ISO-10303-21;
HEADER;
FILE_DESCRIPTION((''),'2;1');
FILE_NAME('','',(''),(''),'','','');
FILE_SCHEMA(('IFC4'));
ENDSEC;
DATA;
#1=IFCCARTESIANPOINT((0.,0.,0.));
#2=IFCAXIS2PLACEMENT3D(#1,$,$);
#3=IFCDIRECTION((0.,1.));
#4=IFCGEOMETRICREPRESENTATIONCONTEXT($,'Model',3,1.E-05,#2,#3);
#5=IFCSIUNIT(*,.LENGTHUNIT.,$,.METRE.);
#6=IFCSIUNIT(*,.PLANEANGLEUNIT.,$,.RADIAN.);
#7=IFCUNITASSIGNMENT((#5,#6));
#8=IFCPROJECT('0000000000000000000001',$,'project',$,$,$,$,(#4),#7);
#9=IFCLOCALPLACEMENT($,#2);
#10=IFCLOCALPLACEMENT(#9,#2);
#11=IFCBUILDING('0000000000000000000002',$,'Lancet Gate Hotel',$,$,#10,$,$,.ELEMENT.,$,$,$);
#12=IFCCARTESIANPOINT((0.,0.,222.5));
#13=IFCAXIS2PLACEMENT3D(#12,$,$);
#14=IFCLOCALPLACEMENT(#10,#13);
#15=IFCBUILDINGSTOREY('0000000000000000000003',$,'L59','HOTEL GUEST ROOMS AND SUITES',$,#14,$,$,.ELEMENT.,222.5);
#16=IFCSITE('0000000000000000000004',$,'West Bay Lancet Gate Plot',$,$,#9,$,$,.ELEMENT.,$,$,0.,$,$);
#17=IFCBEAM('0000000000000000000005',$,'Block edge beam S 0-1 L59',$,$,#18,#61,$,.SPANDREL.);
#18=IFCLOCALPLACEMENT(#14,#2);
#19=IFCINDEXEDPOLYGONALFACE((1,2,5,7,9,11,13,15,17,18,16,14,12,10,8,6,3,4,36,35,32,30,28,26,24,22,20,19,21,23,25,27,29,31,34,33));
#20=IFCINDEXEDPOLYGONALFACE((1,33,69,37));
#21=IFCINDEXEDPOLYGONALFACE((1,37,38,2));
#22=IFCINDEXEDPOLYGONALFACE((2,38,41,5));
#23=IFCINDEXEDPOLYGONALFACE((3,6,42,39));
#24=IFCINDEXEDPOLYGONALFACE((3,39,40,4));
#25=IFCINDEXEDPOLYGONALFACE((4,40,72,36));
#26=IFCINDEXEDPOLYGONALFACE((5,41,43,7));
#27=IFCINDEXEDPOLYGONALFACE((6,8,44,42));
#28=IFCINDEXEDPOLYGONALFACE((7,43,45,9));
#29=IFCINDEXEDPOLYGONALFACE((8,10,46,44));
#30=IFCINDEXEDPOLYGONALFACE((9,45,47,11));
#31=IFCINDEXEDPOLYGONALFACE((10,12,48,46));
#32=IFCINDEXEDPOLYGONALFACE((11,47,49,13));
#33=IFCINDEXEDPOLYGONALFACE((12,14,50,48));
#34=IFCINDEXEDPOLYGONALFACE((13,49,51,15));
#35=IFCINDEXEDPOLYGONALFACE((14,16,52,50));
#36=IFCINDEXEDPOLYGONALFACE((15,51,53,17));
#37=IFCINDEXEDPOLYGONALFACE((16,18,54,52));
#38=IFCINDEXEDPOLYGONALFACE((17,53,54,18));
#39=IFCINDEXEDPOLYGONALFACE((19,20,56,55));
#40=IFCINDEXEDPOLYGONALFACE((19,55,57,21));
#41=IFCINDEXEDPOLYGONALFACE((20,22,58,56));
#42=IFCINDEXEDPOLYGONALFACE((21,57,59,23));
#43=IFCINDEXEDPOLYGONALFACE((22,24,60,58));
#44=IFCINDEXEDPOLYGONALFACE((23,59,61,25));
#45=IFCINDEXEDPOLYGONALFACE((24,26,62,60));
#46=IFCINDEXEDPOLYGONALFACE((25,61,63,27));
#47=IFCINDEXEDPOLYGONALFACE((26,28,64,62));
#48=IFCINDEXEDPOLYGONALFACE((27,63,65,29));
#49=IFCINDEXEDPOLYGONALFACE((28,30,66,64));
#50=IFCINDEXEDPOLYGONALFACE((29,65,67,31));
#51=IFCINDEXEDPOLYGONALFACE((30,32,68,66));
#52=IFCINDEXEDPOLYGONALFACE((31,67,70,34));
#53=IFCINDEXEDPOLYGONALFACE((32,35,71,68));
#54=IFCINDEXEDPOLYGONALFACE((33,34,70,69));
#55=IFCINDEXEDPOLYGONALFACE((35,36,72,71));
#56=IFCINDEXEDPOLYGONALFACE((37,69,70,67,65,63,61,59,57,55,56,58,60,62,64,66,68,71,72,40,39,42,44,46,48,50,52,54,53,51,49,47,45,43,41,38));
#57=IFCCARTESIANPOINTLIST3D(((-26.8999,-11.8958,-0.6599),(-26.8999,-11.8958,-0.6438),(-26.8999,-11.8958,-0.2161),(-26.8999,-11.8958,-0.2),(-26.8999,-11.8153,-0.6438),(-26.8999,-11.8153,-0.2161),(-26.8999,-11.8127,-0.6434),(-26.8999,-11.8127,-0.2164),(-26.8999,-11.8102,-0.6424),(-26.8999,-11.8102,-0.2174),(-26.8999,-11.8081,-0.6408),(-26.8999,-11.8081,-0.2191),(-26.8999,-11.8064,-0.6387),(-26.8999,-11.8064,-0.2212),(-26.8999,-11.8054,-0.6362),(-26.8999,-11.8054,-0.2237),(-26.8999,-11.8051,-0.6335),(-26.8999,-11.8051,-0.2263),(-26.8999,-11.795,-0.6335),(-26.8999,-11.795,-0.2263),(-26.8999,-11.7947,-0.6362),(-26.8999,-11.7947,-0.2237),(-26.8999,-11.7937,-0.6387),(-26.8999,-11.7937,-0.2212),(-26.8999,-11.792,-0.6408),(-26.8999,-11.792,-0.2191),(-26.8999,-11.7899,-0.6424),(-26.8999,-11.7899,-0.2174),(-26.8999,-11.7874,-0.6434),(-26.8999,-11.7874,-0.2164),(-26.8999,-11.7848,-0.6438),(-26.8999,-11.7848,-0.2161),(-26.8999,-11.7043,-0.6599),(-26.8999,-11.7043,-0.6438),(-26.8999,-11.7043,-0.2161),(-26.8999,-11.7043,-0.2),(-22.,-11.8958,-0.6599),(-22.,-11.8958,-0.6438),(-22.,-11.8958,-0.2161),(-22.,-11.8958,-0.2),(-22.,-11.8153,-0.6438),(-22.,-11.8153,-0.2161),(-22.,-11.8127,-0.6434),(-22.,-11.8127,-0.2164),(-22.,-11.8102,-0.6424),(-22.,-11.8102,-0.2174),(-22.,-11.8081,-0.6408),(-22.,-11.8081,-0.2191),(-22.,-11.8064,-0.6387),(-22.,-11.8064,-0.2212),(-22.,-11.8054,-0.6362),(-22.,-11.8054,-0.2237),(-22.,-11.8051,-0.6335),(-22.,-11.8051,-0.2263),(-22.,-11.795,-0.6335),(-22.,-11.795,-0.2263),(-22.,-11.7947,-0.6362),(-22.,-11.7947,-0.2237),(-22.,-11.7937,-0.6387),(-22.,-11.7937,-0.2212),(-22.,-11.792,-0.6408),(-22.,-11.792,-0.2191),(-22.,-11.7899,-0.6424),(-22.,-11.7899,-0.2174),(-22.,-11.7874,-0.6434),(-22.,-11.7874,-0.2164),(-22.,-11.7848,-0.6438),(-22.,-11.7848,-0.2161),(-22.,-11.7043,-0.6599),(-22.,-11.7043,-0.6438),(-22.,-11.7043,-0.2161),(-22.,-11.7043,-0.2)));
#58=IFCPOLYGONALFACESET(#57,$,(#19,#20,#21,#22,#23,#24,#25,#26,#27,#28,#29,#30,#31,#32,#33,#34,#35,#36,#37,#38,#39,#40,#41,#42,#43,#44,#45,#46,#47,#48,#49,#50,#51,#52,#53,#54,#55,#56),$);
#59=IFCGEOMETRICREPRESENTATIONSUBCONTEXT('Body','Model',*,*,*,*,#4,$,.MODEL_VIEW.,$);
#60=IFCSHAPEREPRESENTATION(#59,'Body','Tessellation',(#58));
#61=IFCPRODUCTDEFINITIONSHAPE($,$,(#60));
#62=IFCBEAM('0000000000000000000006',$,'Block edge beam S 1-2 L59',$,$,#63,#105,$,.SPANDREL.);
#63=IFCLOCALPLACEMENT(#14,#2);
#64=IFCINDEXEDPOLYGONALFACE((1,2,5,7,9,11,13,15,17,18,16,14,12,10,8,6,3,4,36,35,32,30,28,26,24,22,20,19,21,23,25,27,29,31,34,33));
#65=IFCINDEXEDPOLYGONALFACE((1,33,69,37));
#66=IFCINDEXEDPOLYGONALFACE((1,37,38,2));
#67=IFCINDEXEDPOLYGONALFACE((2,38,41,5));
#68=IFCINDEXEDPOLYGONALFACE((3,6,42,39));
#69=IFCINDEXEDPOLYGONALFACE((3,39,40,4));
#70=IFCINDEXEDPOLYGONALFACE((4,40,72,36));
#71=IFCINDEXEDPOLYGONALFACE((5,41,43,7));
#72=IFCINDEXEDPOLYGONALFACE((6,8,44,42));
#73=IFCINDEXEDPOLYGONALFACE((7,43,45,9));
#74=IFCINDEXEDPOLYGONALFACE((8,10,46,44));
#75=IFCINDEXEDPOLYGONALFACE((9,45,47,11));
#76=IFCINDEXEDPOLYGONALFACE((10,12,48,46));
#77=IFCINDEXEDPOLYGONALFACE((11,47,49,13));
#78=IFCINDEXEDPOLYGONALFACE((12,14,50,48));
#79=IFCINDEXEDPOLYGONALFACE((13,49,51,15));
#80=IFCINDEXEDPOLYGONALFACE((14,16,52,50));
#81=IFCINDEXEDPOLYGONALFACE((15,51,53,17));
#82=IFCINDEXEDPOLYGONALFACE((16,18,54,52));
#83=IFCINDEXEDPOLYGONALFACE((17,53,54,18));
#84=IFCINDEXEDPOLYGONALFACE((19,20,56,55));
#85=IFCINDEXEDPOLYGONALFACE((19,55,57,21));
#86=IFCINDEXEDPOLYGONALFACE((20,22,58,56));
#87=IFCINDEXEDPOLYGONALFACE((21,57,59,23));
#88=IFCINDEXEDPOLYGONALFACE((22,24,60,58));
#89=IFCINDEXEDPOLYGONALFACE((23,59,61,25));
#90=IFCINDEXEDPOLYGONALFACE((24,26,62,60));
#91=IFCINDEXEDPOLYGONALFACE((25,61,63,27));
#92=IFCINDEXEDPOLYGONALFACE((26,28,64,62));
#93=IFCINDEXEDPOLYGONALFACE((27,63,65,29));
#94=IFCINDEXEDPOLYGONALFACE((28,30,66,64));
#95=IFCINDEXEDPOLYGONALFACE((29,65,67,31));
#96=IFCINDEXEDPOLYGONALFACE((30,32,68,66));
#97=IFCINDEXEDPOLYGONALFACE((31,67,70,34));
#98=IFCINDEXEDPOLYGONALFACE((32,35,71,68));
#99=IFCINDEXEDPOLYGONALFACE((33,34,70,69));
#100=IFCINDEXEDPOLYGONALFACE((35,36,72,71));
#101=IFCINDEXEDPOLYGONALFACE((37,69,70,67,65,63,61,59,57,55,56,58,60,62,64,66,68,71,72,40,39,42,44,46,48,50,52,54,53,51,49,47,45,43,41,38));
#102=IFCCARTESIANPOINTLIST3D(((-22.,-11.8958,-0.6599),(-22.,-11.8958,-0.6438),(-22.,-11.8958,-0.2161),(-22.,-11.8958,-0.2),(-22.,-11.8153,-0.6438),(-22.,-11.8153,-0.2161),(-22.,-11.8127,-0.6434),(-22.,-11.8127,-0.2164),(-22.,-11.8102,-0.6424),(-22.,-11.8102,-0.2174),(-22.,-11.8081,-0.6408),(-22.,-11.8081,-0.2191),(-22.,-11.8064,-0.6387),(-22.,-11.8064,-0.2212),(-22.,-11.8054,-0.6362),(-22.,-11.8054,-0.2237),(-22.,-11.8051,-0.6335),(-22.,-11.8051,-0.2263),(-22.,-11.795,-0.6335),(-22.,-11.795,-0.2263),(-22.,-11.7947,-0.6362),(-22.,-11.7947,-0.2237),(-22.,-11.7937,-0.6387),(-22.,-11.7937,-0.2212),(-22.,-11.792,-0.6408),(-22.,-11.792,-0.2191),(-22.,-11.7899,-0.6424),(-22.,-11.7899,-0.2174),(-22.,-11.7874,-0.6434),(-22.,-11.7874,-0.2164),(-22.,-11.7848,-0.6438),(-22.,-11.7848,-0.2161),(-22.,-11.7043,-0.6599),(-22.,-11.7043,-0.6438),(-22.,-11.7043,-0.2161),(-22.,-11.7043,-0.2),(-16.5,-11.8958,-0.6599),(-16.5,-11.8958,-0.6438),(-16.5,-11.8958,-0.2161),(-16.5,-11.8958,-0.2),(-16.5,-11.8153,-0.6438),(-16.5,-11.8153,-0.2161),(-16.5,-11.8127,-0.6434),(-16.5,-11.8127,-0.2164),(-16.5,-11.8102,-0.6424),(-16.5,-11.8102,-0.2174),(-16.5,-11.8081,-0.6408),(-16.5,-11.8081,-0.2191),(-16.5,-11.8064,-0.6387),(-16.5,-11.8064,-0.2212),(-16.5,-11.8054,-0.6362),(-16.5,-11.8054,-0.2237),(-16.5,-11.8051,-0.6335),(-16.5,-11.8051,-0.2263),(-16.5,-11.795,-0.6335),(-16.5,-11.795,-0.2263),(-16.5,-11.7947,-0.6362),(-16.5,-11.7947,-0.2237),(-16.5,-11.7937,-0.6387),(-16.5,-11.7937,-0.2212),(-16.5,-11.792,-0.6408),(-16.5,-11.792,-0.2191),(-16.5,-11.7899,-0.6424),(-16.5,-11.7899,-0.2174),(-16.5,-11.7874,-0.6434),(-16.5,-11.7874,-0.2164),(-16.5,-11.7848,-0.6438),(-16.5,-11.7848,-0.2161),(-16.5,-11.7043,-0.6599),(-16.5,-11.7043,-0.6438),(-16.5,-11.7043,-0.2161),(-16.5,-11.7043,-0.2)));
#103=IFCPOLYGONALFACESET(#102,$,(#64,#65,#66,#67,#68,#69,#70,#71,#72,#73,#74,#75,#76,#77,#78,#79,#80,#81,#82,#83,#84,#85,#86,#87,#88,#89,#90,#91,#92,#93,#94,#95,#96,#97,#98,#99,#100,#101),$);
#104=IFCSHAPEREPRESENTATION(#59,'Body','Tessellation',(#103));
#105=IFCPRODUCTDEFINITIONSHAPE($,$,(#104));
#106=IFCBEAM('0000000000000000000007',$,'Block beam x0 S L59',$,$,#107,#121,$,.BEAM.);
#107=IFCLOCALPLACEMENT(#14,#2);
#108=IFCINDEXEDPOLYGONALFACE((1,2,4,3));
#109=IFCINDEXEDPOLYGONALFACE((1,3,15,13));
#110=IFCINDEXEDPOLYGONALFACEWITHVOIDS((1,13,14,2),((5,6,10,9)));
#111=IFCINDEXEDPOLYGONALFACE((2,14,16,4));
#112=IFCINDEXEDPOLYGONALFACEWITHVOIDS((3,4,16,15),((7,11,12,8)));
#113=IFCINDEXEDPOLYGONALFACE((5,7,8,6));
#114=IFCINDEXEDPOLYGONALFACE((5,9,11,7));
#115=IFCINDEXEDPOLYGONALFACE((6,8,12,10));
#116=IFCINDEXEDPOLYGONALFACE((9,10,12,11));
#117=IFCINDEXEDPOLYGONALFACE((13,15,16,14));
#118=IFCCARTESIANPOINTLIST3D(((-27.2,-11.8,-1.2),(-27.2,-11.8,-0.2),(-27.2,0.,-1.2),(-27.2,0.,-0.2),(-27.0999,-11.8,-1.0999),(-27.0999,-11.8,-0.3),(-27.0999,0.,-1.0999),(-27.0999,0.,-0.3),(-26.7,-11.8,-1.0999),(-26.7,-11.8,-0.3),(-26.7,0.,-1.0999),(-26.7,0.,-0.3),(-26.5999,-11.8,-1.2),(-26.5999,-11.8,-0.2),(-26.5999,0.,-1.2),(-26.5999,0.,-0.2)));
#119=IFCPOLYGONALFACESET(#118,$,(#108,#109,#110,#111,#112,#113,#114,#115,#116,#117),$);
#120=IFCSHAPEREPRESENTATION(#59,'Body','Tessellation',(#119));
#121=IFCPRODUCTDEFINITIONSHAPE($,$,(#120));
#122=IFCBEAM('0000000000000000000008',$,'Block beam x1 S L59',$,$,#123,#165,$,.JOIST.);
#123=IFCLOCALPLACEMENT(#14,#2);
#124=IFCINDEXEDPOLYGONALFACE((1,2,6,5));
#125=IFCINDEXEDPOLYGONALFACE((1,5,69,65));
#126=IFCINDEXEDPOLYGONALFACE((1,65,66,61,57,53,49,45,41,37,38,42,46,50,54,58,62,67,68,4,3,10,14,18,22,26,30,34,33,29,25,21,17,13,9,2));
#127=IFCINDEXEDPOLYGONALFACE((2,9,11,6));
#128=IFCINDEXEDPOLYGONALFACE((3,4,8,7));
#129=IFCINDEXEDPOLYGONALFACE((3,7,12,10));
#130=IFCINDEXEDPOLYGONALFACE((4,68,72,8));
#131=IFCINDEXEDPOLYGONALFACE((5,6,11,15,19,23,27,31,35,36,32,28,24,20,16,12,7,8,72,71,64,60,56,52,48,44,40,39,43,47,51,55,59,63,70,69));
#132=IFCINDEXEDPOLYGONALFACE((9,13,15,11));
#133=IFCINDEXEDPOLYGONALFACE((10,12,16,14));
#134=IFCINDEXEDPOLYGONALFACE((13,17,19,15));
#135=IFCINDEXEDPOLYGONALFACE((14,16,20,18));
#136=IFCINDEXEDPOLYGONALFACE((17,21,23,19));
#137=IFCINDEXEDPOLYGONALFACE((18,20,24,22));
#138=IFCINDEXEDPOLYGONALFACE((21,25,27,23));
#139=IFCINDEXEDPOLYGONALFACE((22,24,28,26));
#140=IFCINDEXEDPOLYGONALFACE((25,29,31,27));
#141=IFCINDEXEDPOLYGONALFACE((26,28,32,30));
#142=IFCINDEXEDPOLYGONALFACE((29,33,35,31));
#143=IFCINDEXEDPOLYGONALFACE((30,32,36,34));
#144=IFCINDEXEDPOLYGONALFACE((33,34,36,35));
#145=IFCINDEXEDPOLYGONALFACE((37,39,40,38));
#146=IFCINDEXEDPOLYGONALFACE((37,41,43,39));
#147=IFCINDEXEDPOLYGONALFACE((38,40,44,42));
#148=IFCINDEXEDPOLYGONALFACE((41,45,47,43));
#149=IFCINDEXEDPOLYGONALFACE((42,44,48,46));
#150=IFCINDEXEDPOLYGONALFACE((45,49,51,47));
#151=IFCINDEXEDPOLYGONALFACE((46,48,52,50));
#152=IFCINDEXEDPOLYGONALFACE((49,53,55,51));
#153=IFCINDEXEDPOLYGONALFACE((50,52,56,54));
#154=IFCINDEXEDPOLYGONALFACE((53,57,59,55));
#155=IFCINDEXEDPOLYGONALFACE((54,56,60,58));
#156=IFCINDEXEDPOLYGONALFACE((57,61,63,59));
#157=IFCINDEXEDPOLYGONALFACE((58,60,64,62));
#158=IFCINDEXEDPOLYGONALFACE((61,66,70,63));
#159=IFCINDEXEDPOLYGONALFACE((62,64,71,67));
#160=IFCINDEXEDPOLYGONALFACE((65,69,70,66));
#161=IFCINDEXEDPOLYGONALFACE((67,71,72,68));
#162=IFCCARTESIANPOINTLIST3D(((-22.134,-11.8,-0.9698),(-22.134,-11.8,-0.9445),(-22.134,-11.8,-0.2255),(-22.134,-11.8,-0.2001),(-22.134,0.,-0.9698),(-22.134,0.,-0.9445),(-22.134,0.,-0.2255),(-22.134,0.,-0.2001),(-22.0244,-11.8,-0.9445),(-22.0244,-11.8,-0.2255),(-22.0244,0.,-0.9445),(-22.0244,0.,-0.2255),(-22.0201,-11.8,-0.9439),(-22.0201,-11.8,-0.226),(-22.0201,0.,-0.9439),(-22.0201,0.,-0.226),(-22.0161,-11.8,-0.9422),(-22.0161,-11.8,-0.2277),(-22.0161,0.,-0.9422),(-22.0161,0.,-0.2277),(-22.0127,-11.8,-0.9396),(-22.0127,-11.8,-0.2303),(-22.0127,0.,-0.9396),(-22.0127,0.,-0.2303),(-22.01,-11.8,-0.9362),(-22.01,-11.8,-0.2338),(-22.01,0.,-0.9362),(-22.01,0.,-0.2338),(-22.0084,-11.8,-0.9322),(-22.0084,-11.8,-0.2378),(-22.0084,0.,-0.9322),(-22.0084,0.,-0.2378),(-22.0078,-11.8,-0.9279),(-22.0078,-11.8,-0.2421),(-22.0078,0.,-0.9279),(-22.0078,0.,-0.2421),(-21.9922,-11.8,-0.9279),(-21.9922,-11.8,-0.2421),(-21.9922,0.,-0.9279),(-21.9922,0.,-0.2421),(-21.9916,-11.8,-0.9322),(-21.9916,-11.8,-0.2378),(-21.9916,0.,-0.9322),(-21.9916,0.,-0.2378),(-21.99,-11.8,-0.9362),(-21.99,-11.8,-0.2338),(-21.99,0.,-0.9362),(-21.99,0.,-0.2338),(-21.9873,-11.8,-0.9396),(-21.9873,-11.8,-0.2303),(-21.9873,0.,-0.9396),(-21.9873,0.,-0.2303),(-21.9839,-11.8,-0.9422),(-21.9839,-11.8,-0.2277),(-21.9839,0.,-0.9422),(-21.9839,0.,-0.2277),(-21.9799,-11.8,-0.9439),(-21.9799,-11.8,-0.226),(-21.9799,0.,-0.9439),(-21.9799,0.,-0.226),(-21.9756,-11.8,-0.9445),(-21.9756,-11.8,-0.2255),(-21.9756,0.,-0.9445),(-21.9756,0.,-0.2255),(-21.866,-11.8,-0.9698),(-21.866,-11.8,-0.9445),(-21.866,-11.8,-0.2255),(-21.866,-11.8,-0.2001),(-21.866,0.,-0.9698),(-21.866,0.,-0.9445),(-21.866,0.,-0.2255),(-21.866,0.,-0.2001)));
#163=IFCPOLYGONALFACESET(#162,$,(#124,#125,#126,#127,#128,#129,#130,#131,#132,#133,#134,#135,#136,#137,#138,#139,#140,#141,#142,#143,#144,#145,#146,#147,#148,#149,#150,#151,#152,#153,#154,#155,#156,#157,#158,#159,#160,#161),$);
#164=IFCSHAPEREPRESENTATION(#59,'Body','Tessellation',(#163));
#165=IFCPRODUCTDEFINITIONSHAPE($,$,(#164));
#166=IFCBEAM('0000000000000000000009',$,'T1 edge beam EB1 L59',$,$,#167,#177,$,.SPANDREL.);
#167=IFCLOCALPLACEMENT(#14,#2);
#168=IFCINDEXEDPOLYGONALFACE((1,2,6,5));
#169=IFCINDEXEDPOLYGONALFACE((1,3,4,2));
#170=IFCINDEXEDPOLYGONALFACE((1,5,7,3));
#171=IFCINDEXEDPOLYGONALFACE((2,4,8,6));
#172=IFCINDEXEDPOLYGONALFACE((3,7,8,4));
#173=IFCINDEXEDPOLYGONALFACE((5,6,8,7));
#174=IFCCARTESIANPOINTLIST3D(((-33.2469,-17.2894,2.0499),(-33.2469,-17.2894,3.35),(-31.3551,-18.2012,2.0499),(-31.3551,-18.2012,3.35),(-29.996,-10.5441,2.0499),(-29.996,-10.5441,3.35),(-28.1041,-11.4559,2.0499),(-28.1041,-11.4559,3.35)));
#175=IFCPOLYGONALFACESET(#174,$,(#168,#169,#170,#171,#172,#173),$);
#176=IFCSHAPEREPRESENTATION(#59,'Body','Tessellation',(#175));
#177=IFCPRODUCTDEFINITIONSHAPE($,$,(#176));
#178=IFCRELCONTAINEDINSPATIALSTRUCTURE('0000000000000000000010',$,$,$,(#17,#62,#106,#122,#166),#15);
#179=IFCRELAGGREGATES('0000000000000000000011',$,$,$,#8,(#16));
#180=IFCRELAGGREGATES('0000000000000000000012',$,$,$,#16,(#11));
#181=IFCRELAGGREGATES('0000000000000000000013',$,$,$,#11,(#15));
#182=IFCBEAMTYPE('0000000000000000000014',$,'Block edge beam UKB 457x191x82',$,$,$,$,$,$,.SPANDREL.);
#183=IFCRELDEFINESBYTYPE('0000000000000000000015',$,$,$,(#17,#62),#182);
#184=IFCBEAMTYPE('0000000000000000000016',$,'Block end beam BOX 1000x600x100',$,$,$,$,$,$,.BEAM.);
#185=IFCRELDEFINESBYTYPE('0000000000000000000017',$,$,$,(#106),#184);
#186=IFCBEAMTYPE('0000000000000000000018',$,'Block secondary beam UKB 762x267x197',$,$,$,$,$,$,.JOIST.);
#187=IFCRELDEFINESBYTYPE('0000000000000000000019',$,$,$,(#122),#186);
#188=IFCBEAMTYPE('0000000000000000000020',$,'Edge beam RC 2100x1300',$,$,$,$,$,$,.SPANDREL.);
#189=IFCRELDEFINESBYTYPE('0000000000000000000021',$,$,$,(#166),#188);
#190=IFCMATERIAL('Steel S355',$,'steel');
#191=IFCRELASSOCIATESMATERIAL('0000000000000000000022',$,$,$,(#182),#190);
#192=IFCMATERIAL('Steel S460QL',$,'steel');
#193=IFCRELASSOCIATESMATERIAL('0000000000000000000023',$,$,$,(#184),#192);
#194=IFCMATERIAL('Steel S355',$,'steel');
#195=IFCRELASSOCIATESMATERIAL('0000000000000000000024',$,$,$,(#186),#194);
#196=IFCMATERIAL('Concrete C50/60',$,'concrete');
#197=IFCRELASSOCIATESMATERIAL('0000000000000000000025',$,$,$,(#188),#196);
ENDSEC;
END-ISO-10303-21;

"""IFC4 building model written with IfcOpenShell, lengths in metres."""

from ifc_helpers import new_model, si_unit, direction, frame, origin, origin_2d, place, context, subcontext, project, spatial, rectangle, hollow_rectangle, i_section, extrude, material, material_profile, profile_set, type_object, element, save


model = new_model("IFC4")

# Units and contexts
model_context = context("Model", 3, precision=1e-05, world=origin(), true_north=direction((0.0, 1.0)))
body_context = subcontext(model_context, "Body", "Model", "MODEL_VIEW")
ifc_project = project(units=[si_unit("LENGTHUNIT", "METRE"), si_unit("PLANEANGLEUNIT", "RADIAN")], contexts=[model_context])

# Site, building, storey
site_placement = place(None, origin())
site = spatial("IfcSite", under=ifc_project, at=site_placement, Name="West Bay Lancet Gate Plot", CompositionType="ELEMENT", RefElevation=0.0)
building_placement = place(site_placement, origin())
building = spatial("IfcBuilding", under=site, at=building_placement, Name="Lancet Gate Hotel", CompositionType="ELEMENT")
storey_placement = place(building_placement, frame((0.0, 0.0, 222.5)))
storey = spatial("IfcBuildingStorey", under=building, at=storey_placement, Name="L59", Description="HOTEL GUEST ROOMS AND SUITES", CompositionType="ELEMENT", Elevation=222.5)

# Beams
ifc_material_1 = material(Name="Steel S355", Category="steel")
ifc_material_profile_1 = material_profile(ifc_material_1, i_section(OverallWidth=0.1914, OverallDepth=0.46, WebThickness=0.01, FlangeThickness=0.0161, FilletRadius=0.0103, at=origin_2d()), Name="UKB 457x191x82")
ifc_profile_set_1 = profile_set([ifc_material_profile_1], Name="Steel S355")
beam_type_1 = type_object("IfcBeamType", Name="Block edge beam UKB 457x191x82", PredefinedType="SPANDREL", material=ifc_profile_set_1)
beam_1_placement = place(storey_placement, frame((-26.8999, -11.8, -0.4299), z_axis=(1.0, 0.0, 0.0), x_axis=(0.0, 1.0, 0.0)))
element("IfcBeam", 1, at=beam_1_placement, inside=storey, type_object=beam_type_1, Name="Block edge beam S 0-1 L59", PredefinedType="SPANDREL", context=body_context, shape_type="SweptSolid", body=[
    extrude(i_section(OverallWidth=0.1914, OverallDepth=0.46, WebThickness=0.01, FlangeThickness=0.0161, FilletRadius=0.0103, at=origin_2d()), origin(), (0.0, 0.0, 1.0), 4.8999),
])
beam_2_placement = place(storey_placement, frame((-22.0, -11.8, -0.4299), z_axis=(1.0, 0.0, 0.0), x_axis=(0.0, 1.0, 0.0)))
element("IfcBeam", 2, at=beam_2_placement, inside=storey, type_object=beam_type_1, Name="Block edge beam S 1-2 L59", PredefinedType="SPANDREL", context=body_context, shape_type="SweptSolid", body=[
    extrude(i_section(OverallWidth=0.1914, OverallDepth=0.46, WebThickness=0.01, FlangeThickness=0.0161, FilletRadius=0.0103, at=origin_2d()), origin(), (0.0, 0.0, 1.0), 5.5),
])
ifc_material_2 = material(Name="Steel S460QL", Category="steel")
ifc_material_profile_2 = material_profile(ifc_material_2, hollow_rectangle(XDim=0.6001, YDim=1.0, WallThickness=0.1001, at=origin_2d()), Name="BOX 1000x600x100")
ifc_profile_set_2 = profile_set([ifc_material_profile_2], Name="Steel S460QL")
beam_type_2 = type_object("IfcBeamType", Name="Block end beam BOX 1000x600x100", PredefinedType="BEAM", material=ifc_profile_set_2)
beam_3_placement = place(storey_placement, frame((-26.8999, -11.8, -0.7), z_axis=(0.0, 1.0, 0.0), x_axis=(-1.0, 0.0, 0.0)))
element("IfcBeam", 3, at=beam_3_placement, inside=storey, type_object=beam_type_2, Name="Block beam x0 S L59", PredefinedType="BEAM", context=body_context, shape_type="SweptSolid", body=[
    extrude(hollow_rectangle(XDim=0.6001, YDim=1.0, WallThickness=0.1001, at=origin_2d()), origin(), (0.0, 0.0, 1.0), 11.8),
])
ifc_material_3 = material(Name="Steel S355", Category="steel")
ifc_material_profile_3 = material_profile(ifc_material_3, i_section(OverallWidth=0.2681, OverallDepth=0.7698, WebThickness=0.0156, FlangeThickness=0.0254, FilletRadius=0.0166, at=origin_2d()), Name="UKB 762x267x197")
ifc_profile_set_3 = profile_set([ifc_material_profile_3], Name="Steel S355")
beam_type_3 = type_object("IfcBeamType", Name="Block secondary beam UKB 762x267x197", PredefinedType="JOIST", material=ifc_profile_set_3)
beam_4_placement = place(storey_placement, frame((-22.0, -11.8, -0.585), z_axis=(0.0, 1.0, 0.0), x_axis=(-1.0, 0.0, 0.0)))
element("IfcBeam", 4, at=beam_4_placement, inside=storey, type_object=beam_type_3, Name="Block beam x1 S L59", PredefinedType="JOIST", context=body_context, shape_type="SweptSolid", body=[
    extrude(i_section(OverallWidth=0.2681, OverallDepth=0.7698, WebThickness=0.0156, FlangeThickness=0.0254, FilletRadius=0.0166, at=origin_2d()), origin(), (0.0, 0.0, 1.0), 11.8),
])
ifc_material_4 = material(Name="Concrete C50/60", Category="concrete")
ifc_material_profile_4 = material_profile(ifc_material_4, rectangle(XDim=2.1001, YDim=1.3, at=origin_2d()), Name="RC 2100x1300")
ifc_profile_set_4 = profile_set([ifc_material_profile_4], Name="Concrete C50/60")
beam_type_4 = type_object("IfcBeamType", Name="Edge beam RC 2100x1300", PredefinedType="SPANDREL", material=ifc_profile_set_4)
beam_5_placement = place(storey_placement, frame((-29.05, -11.0, 2.7), z_axis=(-0.434164, -0.900834, 0.0), x_axis=(0.900834, -0.434164, 0.0)))
element("IfcBeam", 5, at=beam_5_placement, inside=storey, type_object=beam_type_4, Name="T1 edge beam EB1 L59", PredefinedType="SPANDREL", context=body_context, shape_type="SweptSolid", body=[
    extrude(rectangle(XDim=2.1001, YDim=1.3, at=origin_2d()), origin(), (0.0, 0.0, 1.0), 7.4878),
])

save(model, "model.ifc")
